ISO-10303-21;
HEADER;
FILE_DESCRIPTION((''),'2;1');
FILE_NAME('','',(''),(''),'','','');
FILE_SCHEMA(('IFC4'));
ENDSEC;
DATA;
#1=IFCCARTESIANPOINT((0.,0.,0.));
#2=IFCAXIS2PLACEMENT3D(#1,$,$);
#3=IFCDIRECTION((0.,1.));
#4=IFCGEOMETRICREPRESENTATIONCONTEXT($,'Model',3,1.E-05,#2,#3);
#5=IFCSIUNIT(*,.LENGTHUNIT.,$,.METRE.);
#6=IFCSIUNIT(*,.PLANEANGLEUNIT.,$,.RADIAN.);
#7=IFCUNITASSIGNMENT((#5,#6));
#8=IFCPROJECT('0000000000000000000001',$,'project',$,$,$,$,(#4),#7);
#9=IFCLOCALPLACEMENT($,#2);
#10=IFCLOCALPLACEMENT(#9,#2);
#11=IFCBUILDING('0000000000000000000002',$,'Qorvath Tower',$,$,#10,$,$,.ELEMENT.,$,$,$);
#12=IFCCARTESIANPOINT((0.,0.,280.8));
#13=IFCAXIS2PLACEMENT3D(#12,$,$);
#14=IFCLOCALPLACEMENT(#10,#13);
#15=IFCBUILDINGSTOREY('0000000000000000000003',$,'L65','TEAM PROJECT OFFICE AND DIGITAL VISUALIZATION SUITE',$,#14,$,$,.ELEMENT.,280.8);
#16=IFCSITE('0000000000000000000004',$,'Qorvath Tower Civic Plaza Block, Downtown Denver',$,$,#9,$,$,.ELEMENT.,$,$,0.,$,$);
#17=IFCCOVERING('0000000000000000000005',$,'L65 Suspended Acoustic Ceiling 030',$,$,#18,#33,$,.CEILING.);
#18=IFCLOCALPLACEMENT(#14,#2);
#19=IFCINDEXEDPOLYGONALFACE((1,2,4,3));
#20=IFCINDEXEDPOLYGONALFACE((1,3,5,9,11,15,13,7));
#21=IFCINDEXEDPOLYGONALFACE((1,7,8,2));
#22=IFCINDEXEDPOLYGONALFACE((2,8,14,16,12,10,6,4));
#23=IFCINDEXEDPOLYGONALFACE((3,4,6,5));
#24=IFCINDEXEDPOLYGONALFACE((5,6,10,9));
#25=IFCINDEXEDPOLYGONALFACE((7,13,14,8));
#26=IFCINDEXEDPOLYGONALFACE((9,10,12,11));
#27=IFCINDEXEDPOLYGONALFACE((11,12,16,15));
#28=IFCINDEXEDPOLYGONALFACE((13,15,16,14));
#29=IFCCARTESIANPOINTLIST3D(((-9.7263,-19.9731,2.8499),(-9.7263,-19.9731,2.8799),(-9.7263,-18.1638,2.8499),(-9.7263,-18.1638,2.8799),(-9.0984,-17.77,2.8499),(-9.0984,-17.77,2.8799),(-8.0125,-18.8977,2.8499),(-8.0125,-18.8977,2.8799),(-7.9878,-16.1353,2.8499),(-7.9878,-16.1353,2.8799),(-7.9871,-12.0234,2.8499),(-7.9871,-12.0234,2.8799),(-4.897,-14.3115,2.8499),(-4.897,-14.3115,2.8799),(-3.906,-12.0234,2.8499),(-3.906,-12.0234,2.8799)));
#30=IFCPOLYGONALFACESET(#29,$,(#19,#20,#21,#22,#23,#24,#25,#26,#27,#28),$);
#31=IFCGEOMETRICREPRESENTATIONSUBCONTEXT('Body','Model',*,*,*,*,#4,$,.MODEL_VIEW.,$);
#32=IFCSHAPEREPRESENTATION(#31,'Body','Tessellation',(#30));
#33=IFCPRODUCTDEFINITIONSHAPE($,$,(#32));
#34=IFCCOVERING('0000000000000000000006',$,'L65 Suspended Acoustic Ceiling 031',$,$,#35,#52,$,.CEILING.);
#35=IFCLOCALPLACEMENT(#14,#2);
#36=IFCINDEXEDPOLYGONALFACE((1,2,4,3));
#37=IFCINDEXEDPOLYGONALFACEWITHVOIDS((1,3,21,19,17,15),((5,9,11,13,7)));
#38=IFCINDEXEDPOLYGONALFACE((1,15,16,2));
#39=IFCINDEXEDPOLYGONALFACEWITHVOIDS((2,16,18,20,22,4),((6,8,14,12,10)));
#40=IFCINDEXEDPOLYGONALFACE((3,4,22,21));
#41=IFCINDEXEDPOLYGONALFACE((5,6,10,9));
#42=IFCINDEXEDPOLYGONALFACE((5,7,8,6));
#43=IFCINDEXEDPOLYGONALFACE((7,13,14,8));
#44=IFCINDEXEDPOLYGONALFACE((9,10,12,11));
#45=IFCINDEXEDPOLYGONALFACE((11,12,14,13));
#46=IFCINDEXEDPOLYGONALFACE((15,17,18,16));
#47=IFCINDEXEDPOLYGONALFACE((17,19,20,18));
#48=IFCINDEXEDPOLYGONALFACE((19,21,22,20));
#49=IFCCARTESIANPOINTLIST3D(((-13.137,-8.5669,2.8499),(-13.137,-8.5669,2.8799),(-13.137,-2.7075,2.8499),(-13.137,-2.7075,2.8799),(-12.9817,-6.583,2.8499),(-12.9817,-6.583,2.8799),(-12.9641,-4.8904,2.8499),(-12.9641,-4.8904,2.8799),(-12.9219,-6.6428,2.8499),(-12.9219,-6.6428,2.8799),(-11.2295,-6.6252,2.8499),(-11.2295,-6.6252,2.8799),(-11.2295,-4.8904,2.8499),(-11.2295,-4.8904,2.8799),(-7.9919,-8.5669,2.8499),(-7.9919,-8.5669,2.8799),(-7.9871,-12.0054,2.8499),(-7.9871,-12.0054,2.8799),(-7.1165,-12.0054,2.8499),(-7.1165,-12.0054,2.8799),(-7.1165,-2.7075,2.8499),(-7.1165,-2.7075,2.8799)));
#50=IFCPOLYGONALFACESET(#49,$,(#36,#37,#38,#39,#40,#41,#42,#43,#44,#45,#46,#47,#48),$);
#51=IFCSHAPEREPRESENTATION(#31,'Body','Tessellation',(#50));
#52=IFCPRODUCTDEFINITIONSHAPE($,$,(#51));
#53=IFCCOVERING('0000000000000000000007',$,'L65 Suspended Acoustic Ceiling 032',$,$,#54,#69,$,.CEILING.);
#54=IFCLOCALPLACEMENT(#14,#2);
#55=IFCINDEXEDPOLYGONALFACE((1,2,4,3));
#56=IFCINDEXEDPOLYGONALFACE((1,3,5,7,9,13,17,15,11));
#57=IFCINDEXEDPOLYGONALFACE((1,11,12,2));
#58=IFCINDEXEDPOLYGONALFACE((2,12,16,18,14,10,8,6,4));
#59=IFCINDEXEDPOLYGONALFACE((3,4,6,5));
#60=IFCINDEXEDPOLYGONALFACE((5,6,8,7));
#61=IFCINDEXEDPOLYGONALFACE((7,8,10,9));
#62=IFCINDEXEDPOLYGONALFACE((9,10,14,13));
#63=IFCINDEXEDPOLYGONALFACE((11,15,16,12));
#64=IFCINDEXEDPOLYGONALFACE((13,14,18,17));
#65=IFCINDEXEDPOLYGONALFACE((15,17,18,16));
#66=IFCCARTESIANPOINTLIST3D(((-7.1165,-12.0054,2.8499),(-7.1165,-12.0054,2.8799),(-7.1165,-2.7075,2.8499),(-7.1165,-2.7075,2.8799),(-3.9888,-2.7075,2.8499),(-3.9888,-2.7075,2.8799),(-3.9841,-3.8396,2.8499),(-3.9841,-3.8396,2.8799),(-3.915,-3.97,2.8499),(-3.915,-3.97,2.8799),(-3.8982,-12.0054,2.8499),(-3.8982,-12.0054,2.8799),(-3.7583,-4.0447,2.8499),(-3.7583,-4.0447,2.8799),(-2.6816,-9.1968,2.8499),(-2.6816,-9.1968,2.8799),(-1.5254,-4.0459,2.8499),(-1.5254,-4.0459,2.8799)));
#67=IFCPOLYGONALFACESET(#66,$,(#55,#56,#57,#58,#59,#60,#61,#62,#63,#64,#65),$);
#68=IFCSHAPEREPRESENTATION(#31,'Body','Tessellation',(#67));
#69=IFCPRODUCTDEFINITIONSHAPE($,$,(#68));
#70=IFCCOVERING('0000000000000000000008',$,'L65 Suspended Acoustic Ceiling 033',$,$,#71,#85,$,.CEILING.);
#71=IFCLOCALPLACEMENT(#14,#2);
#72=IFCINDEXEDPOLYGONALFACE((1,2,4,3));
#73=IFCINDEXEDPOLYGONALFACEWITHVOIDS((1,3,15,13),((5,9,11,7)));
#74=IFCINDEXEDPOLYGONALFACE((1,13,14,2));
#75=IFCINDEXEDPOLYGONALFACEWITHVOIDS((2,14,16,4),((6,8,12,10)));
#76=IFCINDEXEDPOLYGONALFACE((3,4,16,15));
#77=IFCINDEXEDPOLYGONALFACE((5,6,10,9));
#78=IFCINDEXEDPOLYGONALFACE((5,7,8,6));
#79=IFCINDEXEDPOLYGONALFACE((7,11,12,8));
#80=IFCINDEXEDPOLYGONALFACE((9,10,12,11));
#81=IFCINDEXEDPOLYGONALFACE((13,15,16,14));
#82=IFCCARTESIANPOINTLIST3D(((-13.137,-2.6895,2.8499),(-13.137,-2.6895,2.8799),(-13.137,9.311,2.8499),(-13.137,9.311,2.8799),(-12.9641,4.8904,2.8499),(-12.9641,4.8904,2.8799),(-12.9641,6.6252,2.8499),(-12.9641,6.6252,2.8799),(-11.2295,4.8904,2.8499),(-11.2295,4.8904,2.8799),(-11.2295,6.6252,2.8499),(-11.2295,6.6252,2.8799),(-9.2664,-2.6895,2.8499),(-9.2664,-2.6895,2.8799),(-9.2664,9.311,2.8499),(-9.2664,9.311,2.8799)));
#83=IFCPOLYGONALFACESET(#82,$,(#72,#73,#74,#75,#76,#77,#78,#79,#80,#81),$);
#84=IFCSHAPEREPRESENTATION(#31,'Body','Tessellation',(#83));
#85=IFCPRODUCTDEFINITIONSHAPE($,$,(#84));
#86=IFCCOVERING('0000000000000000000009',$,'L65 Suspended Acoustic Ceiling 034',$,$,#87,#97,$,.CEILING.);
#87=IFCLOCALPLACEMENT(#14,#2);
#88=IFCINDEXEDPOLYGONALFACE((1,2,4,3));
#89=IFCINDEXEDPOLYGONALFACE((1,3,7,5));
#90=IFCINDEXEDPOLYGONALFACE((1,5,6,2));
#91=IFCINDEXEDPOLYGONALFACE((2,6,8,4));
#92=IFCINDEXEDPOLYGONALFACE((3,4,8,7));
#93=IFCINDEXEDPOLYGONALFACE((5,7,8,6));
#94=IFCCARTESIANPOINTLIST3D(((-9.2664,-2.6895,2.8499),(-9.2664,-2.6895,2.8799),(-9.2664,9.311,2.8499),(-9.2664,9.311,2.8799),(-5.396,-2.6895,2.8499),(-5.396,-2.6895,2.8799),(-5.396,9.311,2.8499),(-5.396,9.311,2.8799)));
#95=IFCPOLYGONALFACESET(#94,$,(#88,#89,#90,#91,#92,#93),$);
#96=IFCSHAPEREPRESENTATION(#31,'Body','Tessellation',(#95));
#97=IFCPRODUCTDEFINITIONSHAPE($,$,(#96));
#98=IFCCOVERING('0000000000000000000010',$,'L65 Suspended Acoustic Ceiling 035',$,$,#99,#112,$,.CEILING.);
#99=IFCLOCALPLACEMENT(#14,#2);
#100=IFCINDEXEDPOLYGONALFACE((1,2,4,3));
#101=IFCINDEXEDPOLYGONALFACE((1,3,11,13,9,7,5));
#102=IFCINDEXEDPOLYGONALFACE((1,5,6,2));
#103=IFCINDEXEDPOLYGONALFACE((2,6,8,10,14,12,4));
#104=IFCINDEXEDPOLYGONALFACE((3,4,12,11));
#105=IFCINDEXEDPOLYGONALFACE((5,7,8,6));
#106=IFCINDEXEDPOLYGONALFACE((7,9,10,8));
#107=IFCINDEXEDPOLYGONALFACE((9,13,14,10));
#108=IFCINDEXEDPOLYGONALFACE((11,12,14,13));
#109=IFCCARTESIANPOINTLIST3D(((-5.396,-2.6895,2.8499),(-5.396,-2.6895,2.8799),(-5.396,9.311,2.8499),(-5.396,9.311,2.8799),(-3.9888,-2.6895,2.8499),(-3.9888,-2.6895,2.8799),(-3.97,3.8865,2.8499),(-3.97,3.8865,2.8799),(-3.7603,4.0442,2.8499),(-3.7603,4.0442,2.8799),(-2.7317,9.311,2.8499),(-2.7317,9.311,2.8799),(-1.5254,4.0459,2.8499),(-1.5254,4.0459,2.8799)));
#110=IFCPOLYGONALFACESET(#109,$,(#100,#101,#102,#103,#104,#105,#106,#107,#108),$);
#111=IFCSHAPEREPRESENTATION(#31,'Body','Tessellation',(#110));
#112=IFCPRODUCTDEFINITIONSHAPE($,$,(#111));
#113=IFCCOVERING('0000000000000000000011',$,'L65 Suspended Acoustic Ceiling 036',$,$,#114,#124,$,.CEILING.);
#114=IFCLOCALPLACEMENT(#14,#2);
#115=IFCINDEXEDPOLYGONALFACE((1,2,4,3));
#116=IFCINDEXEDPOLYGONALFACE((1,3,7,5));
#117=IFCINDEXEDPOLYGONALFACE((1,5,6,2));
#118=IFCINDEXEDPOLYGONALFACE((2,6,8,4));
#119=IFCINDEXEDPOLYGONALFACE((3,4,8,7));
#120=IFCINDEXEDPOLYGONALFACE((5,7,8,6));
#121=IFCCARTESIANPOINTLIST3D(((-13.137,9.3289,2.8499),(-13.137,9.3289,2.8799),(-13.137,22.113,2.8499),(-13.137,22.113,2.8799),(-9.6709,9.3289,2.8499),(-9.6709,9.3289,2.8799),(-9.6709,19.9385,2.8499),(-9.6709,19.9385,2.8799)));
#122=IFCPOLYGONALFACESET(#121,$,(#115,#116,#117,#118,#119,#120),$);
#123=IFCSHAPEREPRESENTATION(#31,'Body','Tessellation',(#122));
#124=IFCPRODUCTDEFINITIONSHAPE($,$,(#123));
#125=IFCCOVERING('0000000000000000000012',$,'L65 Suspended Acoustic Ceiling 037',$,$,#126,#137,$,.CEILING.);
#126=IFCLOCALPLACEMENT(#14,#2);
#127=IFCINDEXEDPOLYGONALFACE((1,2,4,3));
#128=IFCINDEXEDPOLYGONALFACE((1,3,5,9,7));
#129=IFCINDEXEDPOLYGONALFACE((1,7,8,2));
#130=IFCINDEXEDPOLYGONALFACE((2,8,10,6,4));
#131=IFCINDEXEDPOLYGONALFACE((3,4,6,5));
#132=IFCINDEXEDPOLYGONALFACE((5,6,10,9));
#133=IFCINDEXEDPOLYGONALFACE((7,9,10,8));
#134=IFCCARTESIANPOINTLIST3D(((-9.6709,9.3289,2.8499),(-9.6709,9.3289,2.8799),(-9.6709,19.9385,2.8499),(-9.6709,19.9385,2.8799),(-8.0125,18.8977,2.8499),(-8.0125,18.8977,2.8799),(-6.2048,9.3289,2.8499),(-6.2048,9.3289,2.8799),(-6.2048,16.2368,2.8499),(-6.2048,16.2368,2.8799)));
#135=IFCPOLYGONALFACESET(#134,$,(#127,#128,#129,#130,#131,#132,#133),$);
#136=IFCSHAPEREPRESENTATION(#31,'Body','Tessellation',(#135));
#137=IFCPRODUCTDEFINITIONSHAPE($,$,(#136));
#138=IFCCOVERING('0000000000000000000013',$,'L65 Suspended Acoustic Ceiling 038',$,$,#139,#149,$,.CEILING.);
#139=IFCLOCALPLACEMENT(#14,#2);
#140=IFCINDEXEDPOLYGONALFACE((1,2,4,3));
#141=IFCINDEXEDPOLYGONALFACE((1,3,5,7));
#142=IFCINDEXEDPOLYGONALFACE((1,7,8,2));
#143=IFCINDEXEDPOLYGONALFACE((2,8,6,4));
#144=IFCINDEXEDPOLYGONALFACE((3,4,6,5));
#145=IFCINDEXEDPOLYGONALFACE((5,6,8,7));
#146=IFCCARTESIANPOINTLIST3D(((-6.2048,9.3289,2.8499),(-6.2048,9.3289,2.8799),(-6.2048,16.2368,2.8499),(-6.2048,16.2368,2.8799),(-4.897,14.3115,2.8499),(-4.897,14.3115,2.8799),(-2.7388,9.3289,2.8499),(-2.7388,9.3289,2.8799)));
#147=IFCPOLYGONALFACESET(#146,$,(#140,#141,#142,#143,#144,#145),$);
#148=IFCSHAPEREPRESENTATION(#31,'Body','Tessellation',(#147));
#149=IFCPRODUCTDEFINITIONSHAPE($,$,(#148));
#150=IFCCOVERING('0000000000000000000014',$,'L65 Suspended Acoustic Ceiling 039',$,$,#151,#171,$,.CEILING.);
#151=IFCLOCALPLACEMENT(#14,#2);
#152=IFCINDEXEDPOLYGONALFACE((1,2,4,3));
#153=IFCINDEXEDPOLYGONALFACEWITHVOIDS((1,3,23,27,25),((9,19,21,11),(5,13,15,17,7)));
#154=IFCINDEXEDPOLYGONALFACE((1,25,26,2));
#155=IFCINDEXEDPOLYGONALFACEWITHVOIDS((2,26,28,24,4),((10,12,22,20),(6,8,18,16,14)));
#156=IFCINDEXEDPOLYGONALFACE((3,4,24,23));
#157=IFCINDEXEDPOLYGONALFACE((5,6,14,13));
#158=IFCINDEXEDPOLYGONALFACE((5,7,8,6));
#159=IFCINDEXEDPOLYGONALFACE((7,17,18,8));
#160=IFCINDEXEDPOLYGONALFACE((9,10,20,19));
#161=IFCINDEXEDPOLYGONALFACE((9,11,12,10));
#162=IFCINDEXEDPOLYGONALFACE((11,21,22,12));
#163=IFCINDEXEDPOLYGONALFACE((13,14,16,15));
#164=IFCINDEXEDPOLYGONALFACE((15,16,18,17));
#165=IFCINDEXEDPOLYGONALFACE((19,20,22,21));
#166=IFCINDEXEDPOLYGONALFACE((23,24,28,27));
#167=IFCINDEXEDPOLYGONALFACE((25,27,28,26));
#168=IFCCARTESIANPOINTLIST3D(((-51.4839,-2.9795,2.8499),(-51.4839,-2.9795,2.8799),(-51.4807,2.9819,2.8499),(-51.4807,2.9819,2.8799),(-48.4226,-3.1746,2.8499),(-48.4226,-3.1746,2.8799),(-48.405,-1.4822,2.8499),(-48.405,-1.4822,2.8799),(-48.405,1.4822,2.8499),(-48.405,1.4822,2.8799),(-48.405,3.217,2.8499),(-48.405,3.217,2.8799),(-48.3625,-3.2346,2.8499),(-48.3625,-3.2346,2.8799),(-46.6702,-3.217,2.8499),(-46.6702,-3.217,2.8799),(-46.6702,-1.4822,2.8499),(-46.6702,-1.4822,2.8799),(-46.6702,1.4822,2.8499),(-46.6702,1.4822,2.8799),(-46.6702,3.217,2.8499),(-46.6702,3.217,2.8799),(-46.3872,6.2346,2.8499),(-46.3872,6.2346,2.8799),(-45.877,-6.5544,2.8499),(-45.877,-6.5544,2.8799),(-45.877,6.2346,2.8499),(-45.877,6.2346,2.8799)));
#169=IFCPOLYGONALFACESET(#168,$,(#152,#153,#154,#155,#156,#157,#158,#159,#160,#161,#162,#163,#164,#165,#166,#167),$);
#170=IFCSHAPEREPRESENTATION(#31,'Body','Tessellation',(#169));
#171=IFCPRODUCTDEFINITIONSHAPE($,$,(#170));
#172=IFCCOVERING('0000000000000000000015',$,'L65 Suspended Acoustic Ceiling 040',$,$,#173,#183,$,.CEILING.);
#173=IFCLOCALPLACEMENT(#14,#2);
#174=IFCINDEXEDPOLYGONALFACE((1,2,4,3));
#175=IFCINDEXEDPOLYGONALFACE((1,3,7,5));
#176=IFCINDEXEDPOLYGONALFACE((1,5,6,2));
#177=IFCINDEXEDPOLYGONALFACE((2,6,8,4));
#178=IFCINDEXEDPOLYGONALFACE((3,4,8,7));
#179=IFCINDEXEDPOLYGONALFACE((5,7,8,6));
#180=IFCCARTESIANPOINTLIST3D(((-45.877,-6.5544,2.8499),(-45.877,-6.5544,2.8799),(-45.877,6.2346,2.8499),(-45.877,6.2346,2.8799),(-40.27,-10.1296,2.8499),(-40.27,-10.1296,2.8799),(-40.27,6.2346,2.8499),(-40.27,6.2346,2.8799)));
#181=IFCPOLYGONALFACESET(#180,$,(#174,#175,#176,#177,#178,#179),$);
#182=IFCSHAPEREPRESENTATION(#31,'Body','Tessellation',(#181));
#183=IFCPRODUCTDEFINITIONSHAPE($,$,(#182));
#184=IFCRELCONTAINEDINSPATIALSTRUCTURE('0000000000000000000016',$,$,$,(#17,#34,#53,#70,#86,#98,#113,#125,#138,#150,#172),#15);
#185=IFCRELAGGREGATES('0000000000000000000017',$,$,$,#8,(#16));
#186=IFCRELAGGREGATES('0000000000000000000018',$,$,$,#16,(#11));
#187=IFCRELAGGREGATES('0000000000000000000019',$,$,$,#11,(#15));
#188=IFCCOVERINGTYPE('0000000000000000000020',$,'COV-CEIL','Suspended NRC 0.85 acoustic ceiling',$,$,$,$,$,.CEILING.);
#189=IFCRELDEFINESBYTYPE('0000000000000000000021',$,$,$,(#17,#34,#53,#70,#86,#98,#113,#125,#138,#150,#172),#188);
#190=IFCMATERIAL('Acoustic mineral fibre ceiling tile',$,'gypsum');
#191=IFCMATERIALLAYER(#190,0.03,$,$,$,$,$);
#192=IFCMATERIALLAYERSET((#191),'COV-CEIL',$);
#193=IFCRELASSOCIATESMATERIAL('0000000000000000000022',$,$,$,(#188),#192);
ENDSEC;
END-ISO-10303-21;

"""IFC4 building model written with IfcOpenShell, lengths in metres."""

from ifc_helpers import new_model, si_unit, direction, frame, origin, place, context, subcontext, project, spatial, polyline, outline, extrude, material, layer, layer_set, type_object, element, save


model = new_model("IFC4")

# Units and contexts
model_context = context("Model", 3, precision=1e-05, world=origin(), true_north=direction((0.0, 1.0)))
body_context = subcontext(model_context, "Body", "Model", "MODEL_VIEW")
ifc_project = project(units=[si_unit("LENGTHUNIT", "METRE"), si_unit("PLANEANGLEUNIT", "RADIAN")], contexts=[model_context])

# Site, building, storey
site_placement = place(None, origin())
site = spatial("IfcSite", under=ifc_project, at=site_placement, Name="Qorvath Tower Civic Plaza Block, Downtown Denver", CompositionType="ELEMENT", RefElevation=0.0)
building_placement = place(site_placement, origin())
building = spatial("IfcBuilding", under=site, at=building_placement, Name="Qorvath Tower", CompositionType="ELEMENT")
storey_placement = place(building_placement, frame((0.0, 0.0, 280.8)))
storey = spatial("IfcBuildingStorey", under=building, at=storey_placement, Name="L65", Description="TEAM PROJECT OFFICE AND DIGITAL VISUALIZATION SUITE", CompositionType="ELEMENT", Elevation=280.8)

# Coverings
ifc_material_1 = material(Name="Acoustic mineral fibre ceiling tile", Category="gypsum")
ifc_layer_1 = layer(ifc_material_1, 0.03)
ifc_layer_set_1 = layer_set([ifc_layer_1], Name="COV-CEIL")
covering_type_1 = type_object("IfcCoveringType", Name="COV-CEIL", Description="Suspended NRC 0.85 acoustic ceiling", PredefinedType="CEILING", material=ifc_layer_set_1)
covering_1_placement = place(storey_placement, frame((0.0, 0.0, 2.8499)))
element("IfcCovering", 1, at=covering_1_placement, inside=storey, type_object=covering_type_1, Name="L65 Suspended Acoustic Ceiling 030", PredefinedType="CEILING", context=body_context, shape_type="SweptSolid", body=[
    extrude(outline(polyline([(-9.7263, -18.1638), (-9.7263, -19.9731), (-8.0125, -18.8977), (-4.897, -14.3115), (-3.906, -12.0234), (-7.9871, -12.0234), (-7.9878, -16.1353), (-9.0984, -17.77), (-9.7263, -18.1638)])), origin(), (0.0, 0.0, 1.0), 0.03),
])
covering_2_placement = place(storey_placement, frame((0.0, 0.0, 2.8499)))
element("IfcCovering", 2, at=covering_2_placement, inside=storey, type_object=covering_type_1, Name="L65 Suspended Acoustic Ceiling 031", PredefinedType="CEILING", context=body_context, shape_type="SweptSolid", body=[
    extrude(outline(polyline([(-7.1165, -12.0054), (-7.1165, -2.7075), (-13.137, -2.7075), (-13.137, -8.5669), (-7.9919, -8.5669), (-7.9871, -12.0054), (-7.1165, -12.0054)]), holes=[polyline([(-12.9817, -6.583), (-12.9641, -4.8904), (-11.2295, -4.8904), (-11.2295, -6.6252), (-12.9219, -6.6428), (-12.9817, -6.583)])]), origin(), (0.0, 0.0, 1.0), 0.03),
])
covering_3_placement = place(storey_placement, frame((0.0, 0.0, 2.8499)))
element("IfcCovering", 3, at=covering_3_placement, inside=storey, type_object=covering_type_1, Name="L65 Suspended Acoustic Ceiling 032", PredefinedType="CEILING", context=body_context, shape_type="SweptSolid", body=[
    extrude(outline(polyline([(-3.915, -3.97), (-3.9841, -3.8396), (-3.9888, -2.7075), (-7.1165, -2.7075), (-7.1165, -12.0054), (-3.8982, -12.0054), (-2.6816, -9.1968), (-1.5254, -4.0459), (-3.7583, -4.0447), (-3.915, -3.97)])), origin(), (0.0, 0.0, 1.0), 0.03),
])
covering_4_placement = place(storey_placement, frame((0.0, 0.0, 2.8499)))
element("IfcCovering", 4, at=covering_4_placement, inside=storey, type_object=covering_type_1, Name="L65 Suspended Acoustic Ceiling 033", PredefinedType="CEILING", context=body_context, shape_type="SweptSolid", body=[
    extrude(outline(polyline([(-9.2664, -2.6895), (-9.2664, 9.311), (-13.137, 9.311), (-13.137, -2.6895), (-9.2664, -2.6895)]), holes=[polyline([(-12.9641, 4.8904), (-12.9641, 6.6252), (-11.2295, 6.6252), (-11.2295, 4.8904), (-12.9641, 4.8904)])]), origin(), (0.0, 0.0, 1.0), 0.03),
])
covering_5_placement = place(storey_placement, frame((0.0, 0.0, 2.8499)))
element("IfcCovering", 5, at=covering_5_placement, inside=storey, type_object=covering_type_1, Name="L65 Suspended Acoustic Ceiling 034", PredefinedType="CEILING", context=body_context, shape_type="SweptSolid", body=[
    extrude(outline(polyline([(-5.396, -2.6895), (-5.396, 9.311), (-9.2664, 9.311), (-9.2664, -2.6895), (-5.396, -2.6895)])), origin(), (0.0, 0.0, 1.0), 0.03),
])
covering_6_placement = place(storey_placement, frame((0.0, 0.0, 2.8499)))
element("IfcCovering", 6, at=covering_6_placement, inside=storey, type_object=covering_type_1, Name="L65 Suspended Acoustic Ceiling 035", PredefinedType="CEILING", context=body_context, shape_type="SweptSolid", body=[
    extrude(outline(polyline([(-3.7603, 4.0442), (-1.5254, 4.0459), (-2.7317, 9.311), (-5.396, 9.311), (-5.396, -2.6895), (-3.9888, -2.6895), (-3.97, 3.8865), (-3.7603, 4.0442)])), origin(), (0.0, 0.0, 1.0), 0.03),
])
covering_7_placement = place(storey_placement, frame((0.0, 0.0, 2.8499)))
element("IfcCovering", 7, at=covering_7_placement, inside=storey, type_object=covering_type_1, Name="L65 Suspended Acoustic Ceiling 036", PredefinedType="CEILING", context=body_context, shape_type="SweptSolid", body=[
    extrude(outline(polyline([(-13.137, 22.113), (-13.137, 9.3289), (-9.6709, 9.3289), (-9.6709, 19.9385), (-13.137, 22.113)])), origin(), (0.0, 0.0, 1.0), 0.03),
])
covering_8_placement = place(storey_placement, frame((0.0, 0.0, 2.8499)))
element("IfcCovering", 8, at=covering_8_placement, inside=storey, type_object=covering_type_1, Name="L65 Suspended Acoustic Ceiling 037", PredefinedType="CEILING", context=body_context, shape_type="SweptSolid", body=[
    extrude(outline(polyline([(-9.6709, 19.9385), (-9.6709, 9.3289), (-6.2048, 9.3289), (-6.2048, 16.2368), (-8.0125, 18.8977), (-9.6709, 19.9385)])), origin(), (0.0, 0.0, 1.0), 0.03),
])
covering_9_placement = place(storey_placement, frame((0.0, 0.0, 2.8499)))
element("IfcCovering", 9, at=covering_9_placement, inside=storey, type_object=covering_type_1, Name="L65 Suspended Acoustic Ceiling 038", PredefinedType="CEILING", context=body_context, shape_type="SweptSolid", body=[
    extrude(outline(polyline([(-6.2048, 16.2368), (-6.2048, 9.3289), (-2.7388, 9.3289), (-4.897, 14.3115), (-6.2048, 16.2368)])), origin(), (0.0, 0.0, 1.0), 0.03),
])
covering_10_placement = place(storey_placement, frame((0.0, 0.0, 2.8499)))
element("IfcCovering", 10, at=covering_10_placement, inside=storey, type_object=covering_type_1, Name="L65 Suspended Acoustic Ceiling 039", PredefinedType="CEILING", context=body_context, shape_type="SweptSolid", body=[
    extrude(outline(polyline([(-51.4807, 2.9819), (-51.4839, -2.9795), (-45.877, -6.5544), (-45.877, 6.2346), (-46.3872, 6.2346), (-51.4807, 2.9819)]), holes=[polyline([(-48.4226, -3.1746), (-48.405, -1.4822), (-46.6702, -1.4822), (-46.6702, -3.217), (-48.3625, -3.2346), (-48.4226, -3.1746)]), polyline([(-48.405, 1.4822), (-48.405, 3.217), (-46.6702, 3.217), (-46.6702, 1.4822), (-48.405, 1.4822)])]), origin(), (0.0, 0.0, 1.0), 0.03),
])
covering_11_placement = place(storey_placement, frame((0.0, 0.0, 2.8499)))
element("IfcCovering", 11, at=covering_11_placement, inside=storey, type_object=covering_type_1, Name="L65 Suspended Acoustic Ceiling 040", PredefinedType="CEILING", context=body_context, shape_type="SweptSolid", body=[
    extrude(outline(polyline([(-45.877, 6.2346), (-45.877, -6.5544), (-40.27, -10.1296), (-40.27, 6.2346), (-45.877, 6.2346)])), origin(), (0.0, 0.0, 1.0), 0.03),
])

save(model, "model.ifc")
